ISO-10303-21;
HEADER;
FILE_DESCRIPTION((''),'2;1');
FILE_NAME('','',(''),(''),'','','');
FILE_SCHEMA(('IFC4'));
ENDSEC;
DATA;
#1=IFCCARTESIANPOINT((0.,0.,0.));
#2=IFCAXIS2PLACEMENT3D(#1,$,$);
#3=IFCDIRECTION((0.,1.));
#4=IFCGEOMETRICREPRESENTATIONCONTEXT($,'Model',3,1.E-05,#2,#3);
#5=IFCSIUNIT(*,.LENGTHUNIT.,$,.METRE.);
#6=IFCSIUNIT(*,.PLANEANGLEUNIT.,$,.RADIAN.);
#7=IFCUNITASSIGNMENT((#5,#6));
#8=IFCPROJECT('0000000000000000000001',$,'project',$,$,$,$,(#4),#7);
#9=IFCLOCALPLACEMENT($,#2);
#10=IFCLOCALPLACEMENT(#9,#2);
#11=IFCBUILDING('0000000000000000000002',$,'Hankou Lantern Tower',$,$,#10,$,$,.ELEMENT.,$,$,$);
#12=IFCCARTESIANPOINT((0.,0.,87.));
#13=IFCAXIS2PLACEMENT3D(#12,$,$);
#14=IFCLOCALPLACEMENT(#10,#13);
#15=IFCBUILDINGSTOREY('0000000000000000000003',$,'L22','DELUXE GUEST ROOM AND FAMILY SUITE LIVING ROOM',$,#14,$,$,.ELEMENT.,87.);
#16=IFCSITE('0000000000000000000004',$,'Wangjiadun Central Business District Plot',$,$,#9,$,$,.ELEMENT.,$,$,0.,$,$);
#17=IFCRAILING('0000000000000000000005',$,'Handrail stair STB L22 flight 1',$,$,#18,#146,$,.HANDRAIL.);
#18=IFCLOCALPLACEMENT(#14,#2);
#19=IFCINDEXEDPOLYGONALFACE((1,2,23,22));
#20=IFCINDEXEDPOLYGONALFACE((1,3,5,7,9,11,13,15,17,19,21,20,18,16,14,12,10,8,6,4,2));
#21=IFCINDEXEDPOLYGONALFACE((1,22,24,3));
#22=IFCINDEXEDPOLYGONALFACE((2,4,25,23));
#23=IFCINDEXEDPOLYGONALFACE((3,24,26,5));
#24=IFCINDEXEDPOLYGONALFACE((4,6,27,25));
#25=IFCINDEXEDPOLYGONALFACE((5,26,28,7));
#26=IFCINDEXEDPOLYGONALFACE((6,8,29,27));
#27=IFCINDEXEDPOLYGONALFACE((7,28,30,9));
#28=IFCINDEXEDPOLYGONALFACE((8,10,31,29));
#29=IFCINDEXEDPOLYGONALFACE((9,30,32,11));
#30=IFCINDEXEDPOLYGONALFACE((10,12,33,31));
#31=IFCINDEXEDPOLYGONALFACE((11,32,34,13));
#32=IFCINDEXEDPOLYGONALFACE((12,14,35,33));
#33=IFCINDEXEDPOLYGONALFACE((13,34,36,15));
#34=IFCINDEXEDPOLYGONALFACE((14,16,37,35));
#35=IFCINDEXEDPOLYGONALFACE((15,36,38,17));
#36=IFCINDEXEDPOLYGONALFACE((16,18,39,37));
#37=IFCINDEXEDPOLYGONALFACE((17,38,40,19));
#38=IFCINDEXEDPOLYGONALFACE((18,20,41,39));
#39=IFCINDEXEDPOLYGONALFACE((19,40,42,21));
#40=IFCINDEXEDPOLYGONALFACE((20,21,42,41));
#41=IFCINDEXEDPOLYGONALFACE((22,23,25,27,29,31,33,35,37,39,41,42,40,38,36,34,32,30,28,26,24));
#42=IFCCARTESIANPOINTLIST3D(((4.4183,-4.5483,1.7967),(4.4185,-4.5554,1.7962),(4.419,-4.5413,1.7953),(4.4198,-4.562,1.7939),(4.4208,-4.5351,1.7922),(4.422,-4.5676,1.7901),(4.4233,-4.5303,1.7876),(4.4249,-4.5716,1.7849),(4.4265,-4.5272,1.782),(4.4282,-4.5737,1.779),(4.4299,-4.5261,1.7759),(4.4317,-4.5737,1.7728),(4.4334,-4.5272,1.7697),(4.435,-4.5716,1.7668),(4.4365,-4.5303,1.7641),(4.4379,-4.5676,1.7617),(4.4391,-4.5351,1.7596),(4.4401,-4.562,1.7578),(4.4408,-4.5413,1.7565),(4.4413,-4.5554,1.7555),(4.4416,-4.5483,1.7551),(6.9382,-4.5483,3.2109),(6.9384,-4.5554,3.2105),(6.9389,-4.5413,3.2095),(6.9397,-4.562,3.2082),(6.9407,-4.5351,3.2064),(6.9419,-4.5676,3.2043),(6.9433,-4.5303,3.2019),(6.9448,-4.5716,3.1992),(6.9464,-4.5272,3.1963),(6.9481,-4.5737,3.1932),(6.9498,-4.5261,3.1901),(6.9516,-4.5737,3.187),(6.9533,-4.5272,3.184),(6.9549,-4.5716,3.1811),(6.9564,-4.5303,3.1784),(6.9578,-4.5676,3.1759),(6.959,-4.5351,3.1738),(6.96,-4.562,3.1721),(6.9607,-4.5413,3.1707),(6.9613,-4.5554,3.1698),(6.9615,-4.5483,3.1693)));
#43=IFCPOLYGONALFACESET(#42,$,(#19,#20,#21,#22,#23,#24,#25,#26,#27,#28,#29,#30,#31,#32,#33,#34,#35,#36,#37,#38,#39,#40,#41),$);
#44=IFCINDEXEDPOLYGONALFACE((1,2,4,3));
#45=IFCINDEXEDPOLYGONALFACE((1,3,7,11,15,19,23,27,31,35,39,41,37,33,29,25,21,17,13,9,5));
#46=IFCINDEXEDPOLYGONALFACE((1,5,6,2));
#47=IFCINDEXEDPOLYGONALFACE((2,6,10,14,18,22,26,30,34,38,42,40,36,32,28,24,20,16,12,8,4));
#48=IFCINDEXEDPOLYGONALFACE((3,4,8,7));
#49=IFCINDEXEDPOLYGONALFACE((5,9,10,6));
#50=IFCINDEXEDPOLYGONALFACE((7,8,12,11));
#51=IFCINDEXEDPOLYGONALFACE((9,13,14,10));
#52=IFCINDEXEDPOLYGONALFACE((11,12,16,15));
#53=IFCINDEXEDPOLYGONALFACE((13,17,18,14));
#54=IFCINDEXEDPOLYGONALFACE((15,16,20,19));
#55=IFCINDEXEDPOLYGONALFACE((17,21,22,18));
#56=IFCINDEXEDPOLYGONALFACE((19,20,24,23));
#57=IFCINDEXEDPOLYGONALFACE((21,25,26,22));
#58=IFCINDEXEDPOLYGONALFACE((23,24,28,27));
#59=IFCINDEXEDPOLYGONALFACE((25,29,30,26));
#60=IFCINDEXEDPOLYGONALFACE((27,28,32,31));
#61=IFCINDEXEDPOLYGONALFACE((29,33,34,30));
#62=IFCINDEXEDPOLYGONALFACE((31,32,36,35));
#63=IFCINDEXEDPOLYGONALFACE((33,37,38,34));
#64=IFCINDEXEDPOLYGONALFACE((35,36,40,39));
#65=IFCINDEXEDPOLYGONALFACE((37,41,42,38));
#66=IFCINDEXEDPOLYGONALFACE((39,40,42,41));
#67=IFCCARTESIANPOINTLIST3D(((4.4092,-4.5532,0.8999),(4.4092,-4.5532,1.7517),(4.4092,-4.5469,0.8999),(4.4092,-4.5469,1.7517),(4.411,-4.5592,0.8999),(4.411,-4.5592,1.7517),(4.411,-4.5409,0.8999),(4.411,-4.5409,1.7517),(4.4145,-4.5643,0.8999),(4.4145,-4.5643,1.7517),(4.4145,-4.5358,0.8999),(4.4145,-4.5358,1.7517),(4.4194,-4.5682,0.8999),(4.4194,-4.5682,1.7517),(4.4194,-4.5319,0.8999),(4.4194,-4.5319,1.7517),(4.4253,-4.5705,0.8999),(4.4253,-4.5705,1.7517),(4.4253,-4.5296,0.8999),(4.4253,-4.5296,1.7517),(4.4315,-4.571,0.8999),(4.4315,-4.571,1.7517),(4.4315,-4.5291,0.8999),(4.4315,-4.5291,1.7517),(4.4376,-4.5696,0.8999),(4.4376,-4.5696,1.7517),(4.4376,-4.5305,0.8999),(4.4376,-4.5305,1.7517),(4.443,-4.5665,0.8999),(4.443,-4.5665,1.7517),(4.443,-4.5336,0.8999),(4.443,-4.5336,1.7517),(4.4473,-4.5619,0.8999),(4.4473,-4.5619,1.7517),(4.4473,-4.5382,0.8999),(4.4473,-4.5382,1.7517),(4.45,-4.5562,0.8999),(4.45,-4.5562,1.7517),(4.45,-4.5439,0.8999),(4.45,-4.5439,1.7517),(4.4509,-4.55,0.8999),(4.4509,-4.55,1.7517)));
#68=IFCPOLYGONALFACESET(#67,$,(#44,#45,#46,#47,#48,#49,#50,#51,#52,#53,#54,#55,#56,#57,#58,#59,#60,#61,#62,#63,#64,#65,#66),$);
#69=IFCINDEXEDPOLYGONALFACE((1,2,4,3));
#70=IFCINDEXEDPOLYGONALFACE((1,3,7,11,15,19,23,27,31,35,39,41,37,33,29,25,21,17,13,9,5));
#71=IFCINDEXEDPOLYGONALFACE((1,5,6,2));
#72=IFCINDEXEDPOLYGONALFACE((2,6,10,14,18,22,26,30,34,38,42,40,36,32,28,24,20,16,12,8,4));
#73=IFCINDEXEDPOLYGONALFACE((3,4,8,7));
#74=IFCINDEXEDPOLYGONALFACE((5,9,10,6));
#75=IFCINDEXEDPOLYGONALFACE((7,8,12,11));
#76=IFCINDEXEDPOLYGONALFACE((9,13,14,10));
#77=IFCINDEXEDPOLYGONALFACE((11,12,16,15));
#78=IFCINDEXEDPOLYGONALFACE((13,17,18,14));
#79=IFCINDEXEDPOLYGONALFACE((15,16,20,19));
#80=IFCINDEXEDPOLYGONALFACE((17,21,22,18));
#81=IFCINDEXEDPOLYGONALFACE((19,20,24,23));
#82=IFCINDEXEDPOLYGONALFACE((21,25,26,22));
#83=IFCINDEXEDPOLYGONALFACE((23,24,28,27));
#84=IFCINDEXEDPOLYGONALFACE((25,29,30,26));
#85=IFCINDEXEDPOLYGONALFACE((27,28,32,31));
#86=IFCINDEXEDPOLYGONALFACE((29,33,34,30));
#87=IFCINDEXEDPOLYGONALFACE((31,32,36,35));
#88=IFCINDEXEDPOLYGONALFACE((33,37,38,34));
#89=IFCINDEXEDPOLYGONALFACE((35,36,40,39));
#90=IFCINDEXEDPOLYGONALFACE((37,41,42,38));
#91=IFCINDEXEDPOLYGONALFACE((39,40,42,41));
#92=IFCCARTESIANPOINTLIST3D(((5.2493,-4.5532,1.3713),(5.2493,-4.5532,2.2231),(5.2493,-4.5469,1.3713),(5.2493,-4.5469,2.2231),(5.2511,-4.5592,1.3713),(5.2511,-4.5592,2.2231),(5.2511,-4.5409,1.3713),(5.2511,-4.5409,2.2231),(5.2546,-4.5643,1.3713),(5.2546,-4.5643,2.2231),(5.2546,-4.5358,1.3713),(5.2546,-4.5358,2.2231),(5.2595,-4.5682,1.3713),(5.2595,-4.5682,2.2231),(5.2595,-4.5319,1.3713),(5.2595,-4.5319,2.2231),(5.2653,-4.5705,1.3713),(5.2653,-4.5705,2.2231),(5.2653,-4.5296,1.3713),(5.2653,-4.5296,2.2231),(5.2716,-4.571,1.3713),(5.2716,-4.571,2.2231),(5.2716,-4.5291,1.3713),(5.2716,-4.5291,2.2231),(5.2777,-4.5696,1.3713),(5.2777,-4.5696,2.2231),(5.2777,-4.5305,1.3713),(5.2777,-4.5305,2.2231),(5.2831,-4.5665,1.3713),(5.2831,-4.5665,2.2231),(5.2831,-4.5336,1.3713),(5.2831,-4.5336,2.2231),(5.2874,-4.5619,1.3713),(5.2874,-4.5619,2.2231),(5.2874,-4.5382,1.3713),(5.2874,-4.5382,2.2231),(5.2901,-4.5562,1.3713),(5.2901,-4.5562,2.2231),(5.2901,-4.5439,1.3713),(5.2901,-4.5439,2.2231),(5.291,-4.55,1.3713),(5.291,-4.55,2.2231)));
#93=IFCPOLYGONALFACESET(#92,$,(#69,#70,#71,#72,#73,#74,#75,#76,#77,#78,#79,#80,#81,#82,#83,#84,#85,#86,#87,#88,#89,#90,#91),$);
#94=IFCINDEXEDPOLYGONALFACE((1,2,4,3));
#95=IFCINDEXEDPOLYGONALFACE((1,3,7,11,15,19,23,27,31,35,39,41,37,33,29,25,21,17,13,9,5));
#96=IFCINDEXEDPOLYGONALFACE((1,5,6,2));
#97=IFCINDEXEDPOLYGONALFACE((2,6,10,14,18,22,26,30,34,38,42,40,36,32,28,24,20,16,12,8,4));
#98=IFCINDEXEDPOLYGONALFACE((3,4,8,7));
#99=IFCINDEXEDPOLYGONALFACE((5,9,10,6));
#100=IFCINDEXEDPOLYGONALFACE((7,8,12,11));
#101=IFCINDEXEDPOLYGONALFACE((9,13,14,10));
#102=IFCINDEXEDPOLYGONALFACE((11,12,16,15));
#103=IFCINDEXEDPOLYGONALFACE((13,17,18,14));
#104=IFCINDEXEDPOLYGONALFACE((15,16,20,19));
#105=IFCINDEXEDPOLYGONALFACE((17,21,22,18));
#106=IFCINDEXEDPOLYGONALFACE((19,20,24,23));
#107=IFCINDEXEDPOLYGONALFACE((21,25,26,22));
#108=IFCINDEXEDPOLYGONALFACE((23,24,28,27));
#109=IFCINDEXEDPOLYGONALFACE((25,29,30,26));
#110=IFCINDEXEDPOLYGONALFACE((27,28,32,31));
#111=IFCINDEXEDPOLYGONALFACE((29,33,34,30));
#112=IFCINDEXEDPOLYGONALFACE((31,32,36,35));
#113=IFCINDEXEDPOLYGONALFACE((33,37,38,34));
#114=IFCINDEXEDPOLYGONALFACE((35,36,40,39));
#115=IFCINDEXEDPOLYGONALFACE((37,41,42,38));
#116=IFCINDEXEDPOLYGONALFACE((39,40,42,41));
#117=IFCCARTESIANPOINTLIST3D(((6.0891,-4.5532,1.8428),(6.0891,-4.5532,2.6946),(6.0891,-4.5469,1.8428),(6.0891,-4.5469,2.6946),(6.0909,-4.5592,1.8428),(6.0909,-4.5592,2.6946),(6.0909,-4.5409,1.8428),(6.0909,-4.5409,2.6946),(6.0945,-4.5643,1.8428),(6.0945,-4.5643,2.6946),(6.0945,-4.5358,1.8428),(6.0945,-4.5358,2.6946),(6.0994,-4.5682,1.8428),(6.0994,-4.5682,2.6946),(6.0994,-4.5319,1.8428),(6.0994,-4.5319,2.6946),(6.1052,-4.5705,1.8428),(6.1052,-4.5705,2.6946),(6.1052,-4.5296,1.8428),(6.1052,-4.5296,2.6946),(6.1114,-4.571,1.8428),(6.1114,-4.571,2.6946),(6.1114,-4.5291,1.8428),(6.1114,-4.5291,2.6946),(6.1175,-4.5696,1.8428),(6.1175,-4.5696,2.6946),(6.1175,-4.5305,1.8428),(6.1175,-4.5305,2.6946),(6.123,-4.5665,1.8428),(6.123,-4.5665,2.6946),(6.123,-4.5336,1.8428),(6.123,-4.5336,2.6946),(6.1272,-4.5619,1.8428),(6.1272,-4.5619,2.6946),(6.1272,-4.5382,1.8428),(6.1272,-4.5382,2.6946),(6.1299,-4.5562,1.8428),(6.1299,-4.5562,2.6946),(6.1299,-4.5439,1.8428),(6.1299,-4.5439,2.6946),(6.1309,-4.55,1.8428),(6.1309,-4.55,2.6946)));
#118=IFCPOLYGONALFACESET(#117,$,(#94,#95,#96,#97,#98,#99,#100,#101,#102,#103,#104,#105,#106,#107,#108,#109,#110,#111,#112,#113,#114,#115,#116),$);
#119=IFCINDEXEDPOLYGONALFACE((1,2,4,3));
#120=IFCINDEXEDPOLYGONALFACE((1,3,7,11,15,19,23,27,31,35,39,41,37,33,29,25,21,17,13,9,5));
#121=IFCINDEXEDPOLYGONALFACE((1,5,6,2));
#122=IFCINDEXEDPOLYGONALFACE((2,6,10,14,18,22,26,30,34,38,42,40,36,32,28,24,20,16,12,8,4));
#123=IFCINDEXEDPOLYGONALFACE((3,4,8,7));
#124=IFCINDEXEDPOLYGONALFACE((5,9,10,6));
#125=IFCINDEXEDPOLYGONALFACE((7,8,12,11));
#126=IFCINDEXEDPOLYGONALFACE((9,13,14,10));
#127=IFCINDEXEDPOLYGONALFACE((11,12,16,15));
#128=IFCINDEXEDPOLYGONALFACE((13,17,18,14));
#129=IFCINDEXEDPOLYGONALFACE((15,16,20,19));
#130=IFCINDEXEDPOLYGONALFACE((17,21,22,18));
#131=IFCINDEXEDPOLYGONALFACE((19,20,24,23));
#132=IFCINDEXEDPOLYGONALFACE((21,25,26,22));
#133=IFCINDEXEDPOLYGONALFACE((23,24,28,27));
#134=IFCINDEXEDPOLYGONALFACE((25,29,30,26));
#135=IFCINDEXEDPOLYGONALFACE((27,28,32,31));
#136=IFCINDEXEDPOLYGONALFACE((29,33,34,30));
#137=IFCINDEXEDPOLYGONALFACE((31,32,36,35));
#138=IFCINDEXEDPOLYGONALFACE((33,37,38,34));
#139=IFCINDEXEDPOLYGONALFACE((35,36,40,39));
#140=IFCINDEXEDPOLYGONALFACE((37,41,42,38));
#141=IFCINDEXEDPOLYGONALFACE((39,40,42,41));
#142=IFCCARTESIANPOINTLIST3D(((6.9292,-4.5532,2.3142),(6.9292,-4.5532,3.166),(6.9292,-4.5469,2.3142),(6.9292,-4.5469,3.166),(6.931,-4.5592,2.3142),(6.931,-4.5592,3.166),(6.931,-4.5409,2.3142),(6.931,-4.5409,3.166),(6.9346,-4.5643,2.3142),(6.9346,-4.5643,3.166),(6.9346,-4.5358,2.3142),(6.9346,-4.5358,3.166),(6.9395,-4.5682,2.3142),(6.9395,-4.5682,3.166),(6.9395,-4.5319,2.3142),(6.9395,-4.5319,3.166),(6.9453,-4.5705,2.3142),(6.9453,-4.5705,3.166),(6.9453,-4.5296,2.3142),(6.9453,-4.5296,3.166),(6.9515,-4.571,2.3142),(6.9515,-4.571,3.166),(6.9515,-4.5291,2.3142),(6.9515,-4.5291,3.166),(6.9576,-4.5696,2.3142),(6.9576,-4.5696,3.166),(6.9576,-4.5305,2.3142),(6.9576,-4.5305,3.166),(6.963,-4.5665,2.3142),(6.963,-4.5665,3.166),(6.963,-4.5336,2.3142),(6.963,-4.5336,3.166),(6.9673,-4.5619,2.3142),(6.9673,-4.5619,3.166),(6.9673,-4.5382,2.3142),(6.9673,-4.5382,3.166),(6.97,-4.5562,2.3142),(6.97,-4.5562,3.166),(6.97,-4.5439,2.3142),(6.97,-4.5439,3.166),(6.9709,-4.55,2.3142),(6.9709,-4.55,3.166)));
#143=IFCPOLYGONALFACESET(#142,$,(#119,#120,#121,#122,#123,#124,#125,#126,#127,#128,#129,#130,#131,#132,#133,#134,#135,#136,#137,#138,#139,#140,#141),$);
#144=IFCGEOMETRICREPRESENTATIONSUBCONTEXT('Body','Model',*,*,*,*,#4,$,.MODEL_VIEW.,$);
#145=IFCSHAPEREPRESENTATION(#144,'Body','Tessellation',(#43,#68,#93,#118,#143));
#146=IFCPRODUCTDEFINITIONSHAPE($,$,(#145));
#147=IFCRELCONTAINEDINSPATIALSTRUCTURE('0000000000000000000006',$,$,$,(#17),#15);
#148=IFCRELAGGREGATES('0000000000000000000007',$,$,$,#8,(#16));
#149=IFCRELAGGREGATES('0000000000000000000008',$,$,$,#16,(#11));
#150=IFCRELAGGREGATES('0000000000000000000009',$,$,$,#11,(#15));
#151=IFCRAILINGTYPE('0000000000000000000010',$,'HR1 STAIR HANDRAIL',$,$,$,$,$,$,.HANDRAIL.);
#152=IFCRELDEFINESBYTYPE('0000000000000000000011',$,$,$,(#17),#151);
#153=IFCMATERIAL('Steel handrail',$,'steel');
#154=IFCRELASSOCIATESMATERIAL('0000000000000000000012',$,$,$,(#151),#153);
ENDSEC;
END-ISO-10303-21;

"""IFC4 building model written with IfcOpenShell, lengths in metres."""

from ifc_helpers import new_model, si_unit, direction, frame, origin, origin_2d, place, context, subcontext, project, spatial, circle, extrude, material, type_object, element, save


model = new_model("IFC4")

# Units and contexts
model_context = context("Model", 3, precision=1e-05, world=origin(), true_north=direction((0.0, 1.0)))
body_context = subcontext(model_context, "Body", "Model", "MODEL_VIEW")
ifc_project = project(units=[si_unit("LENGTHUNIT", "METRE"), si_unit("PLANEANGLEUNIT", "RADIAN")], contexts=[model_context])

# Site, building, storey
site_placement = place(None, origin())
site = spatial("IfcSite", under=ifc_project, at=site_placement, Name="Wangjiadun Central Business District Plot", CompositionType="ELEMENT", RefElevation=0.0)
building_placement = place(site_placement, origin())
building = spatial("IfcBuilding", under=site, at=building_placement, Name="Hankou Lantern Tower", CompositionType="ELEMENT")
storey_placement = place(building_placement, frame((0.0, 0.0, 87.0)))
storey = spatial("IfcBuildingStorey", under=building, at=storey_placement, Name="L22", Description="DELUXE GUEST ROOM AND FAMILY SUITE LIVING ROOM", CompositionType="ELEMENT", Elevation=87.0)

# Railing
ifc_material_1 = material(Name="Steel handrail", Category="steel")
railing_type = type_object("IfcRailingType", Name="HR1 STAIR HANDRAIL", PredefinedType="HANDRAIL", material=ifc_material_1)
railing_1_placement = place(storey_placement, frame((4.4299, -4.55, 0.8999)))
element("IfcRailing", 1, at=railing_1_placement, inside=storey, type_object=railing_type, Name="Handrail stair STB L22 flight 1", PredefinedType="HANDRAIL", context=body_context, shape_type="SweptSolid", body=[
    extrude(circle(Radius=0.0239, at=origin_2d()), frame((0.0, 0.0, 0.876), z_axis=(0.872049, 0.0, 0.489419), x_axis=(0.0, 1.0, 0.0)), (0.0, 0.0, 1.0), 2.8896),
    extrude(circle(Radius=0.021, at=origin_2d()), origin(), (0.0, 0.0, 1.0), 0.8518),
    extrude(circle(Radius=0.021, at=origin_2d()), frame((0.8401, 0.0, 0.4714)), (0.0, 0.0, 1.0), 0.8518),
    extrude(circle(Radius=0.021, at=origin_2d()), frame((1.6799, 0.0, 0.9429)), (0.0, 0.0, 1.0), 0.8518),
    extrude(circle(Radius=0.021, at=origin_2d()), frame((2.52, 0.0, 1.4143)), (0.0, 0.0, 1.0), 0.8518),
])

save(model, "model.ifc")
